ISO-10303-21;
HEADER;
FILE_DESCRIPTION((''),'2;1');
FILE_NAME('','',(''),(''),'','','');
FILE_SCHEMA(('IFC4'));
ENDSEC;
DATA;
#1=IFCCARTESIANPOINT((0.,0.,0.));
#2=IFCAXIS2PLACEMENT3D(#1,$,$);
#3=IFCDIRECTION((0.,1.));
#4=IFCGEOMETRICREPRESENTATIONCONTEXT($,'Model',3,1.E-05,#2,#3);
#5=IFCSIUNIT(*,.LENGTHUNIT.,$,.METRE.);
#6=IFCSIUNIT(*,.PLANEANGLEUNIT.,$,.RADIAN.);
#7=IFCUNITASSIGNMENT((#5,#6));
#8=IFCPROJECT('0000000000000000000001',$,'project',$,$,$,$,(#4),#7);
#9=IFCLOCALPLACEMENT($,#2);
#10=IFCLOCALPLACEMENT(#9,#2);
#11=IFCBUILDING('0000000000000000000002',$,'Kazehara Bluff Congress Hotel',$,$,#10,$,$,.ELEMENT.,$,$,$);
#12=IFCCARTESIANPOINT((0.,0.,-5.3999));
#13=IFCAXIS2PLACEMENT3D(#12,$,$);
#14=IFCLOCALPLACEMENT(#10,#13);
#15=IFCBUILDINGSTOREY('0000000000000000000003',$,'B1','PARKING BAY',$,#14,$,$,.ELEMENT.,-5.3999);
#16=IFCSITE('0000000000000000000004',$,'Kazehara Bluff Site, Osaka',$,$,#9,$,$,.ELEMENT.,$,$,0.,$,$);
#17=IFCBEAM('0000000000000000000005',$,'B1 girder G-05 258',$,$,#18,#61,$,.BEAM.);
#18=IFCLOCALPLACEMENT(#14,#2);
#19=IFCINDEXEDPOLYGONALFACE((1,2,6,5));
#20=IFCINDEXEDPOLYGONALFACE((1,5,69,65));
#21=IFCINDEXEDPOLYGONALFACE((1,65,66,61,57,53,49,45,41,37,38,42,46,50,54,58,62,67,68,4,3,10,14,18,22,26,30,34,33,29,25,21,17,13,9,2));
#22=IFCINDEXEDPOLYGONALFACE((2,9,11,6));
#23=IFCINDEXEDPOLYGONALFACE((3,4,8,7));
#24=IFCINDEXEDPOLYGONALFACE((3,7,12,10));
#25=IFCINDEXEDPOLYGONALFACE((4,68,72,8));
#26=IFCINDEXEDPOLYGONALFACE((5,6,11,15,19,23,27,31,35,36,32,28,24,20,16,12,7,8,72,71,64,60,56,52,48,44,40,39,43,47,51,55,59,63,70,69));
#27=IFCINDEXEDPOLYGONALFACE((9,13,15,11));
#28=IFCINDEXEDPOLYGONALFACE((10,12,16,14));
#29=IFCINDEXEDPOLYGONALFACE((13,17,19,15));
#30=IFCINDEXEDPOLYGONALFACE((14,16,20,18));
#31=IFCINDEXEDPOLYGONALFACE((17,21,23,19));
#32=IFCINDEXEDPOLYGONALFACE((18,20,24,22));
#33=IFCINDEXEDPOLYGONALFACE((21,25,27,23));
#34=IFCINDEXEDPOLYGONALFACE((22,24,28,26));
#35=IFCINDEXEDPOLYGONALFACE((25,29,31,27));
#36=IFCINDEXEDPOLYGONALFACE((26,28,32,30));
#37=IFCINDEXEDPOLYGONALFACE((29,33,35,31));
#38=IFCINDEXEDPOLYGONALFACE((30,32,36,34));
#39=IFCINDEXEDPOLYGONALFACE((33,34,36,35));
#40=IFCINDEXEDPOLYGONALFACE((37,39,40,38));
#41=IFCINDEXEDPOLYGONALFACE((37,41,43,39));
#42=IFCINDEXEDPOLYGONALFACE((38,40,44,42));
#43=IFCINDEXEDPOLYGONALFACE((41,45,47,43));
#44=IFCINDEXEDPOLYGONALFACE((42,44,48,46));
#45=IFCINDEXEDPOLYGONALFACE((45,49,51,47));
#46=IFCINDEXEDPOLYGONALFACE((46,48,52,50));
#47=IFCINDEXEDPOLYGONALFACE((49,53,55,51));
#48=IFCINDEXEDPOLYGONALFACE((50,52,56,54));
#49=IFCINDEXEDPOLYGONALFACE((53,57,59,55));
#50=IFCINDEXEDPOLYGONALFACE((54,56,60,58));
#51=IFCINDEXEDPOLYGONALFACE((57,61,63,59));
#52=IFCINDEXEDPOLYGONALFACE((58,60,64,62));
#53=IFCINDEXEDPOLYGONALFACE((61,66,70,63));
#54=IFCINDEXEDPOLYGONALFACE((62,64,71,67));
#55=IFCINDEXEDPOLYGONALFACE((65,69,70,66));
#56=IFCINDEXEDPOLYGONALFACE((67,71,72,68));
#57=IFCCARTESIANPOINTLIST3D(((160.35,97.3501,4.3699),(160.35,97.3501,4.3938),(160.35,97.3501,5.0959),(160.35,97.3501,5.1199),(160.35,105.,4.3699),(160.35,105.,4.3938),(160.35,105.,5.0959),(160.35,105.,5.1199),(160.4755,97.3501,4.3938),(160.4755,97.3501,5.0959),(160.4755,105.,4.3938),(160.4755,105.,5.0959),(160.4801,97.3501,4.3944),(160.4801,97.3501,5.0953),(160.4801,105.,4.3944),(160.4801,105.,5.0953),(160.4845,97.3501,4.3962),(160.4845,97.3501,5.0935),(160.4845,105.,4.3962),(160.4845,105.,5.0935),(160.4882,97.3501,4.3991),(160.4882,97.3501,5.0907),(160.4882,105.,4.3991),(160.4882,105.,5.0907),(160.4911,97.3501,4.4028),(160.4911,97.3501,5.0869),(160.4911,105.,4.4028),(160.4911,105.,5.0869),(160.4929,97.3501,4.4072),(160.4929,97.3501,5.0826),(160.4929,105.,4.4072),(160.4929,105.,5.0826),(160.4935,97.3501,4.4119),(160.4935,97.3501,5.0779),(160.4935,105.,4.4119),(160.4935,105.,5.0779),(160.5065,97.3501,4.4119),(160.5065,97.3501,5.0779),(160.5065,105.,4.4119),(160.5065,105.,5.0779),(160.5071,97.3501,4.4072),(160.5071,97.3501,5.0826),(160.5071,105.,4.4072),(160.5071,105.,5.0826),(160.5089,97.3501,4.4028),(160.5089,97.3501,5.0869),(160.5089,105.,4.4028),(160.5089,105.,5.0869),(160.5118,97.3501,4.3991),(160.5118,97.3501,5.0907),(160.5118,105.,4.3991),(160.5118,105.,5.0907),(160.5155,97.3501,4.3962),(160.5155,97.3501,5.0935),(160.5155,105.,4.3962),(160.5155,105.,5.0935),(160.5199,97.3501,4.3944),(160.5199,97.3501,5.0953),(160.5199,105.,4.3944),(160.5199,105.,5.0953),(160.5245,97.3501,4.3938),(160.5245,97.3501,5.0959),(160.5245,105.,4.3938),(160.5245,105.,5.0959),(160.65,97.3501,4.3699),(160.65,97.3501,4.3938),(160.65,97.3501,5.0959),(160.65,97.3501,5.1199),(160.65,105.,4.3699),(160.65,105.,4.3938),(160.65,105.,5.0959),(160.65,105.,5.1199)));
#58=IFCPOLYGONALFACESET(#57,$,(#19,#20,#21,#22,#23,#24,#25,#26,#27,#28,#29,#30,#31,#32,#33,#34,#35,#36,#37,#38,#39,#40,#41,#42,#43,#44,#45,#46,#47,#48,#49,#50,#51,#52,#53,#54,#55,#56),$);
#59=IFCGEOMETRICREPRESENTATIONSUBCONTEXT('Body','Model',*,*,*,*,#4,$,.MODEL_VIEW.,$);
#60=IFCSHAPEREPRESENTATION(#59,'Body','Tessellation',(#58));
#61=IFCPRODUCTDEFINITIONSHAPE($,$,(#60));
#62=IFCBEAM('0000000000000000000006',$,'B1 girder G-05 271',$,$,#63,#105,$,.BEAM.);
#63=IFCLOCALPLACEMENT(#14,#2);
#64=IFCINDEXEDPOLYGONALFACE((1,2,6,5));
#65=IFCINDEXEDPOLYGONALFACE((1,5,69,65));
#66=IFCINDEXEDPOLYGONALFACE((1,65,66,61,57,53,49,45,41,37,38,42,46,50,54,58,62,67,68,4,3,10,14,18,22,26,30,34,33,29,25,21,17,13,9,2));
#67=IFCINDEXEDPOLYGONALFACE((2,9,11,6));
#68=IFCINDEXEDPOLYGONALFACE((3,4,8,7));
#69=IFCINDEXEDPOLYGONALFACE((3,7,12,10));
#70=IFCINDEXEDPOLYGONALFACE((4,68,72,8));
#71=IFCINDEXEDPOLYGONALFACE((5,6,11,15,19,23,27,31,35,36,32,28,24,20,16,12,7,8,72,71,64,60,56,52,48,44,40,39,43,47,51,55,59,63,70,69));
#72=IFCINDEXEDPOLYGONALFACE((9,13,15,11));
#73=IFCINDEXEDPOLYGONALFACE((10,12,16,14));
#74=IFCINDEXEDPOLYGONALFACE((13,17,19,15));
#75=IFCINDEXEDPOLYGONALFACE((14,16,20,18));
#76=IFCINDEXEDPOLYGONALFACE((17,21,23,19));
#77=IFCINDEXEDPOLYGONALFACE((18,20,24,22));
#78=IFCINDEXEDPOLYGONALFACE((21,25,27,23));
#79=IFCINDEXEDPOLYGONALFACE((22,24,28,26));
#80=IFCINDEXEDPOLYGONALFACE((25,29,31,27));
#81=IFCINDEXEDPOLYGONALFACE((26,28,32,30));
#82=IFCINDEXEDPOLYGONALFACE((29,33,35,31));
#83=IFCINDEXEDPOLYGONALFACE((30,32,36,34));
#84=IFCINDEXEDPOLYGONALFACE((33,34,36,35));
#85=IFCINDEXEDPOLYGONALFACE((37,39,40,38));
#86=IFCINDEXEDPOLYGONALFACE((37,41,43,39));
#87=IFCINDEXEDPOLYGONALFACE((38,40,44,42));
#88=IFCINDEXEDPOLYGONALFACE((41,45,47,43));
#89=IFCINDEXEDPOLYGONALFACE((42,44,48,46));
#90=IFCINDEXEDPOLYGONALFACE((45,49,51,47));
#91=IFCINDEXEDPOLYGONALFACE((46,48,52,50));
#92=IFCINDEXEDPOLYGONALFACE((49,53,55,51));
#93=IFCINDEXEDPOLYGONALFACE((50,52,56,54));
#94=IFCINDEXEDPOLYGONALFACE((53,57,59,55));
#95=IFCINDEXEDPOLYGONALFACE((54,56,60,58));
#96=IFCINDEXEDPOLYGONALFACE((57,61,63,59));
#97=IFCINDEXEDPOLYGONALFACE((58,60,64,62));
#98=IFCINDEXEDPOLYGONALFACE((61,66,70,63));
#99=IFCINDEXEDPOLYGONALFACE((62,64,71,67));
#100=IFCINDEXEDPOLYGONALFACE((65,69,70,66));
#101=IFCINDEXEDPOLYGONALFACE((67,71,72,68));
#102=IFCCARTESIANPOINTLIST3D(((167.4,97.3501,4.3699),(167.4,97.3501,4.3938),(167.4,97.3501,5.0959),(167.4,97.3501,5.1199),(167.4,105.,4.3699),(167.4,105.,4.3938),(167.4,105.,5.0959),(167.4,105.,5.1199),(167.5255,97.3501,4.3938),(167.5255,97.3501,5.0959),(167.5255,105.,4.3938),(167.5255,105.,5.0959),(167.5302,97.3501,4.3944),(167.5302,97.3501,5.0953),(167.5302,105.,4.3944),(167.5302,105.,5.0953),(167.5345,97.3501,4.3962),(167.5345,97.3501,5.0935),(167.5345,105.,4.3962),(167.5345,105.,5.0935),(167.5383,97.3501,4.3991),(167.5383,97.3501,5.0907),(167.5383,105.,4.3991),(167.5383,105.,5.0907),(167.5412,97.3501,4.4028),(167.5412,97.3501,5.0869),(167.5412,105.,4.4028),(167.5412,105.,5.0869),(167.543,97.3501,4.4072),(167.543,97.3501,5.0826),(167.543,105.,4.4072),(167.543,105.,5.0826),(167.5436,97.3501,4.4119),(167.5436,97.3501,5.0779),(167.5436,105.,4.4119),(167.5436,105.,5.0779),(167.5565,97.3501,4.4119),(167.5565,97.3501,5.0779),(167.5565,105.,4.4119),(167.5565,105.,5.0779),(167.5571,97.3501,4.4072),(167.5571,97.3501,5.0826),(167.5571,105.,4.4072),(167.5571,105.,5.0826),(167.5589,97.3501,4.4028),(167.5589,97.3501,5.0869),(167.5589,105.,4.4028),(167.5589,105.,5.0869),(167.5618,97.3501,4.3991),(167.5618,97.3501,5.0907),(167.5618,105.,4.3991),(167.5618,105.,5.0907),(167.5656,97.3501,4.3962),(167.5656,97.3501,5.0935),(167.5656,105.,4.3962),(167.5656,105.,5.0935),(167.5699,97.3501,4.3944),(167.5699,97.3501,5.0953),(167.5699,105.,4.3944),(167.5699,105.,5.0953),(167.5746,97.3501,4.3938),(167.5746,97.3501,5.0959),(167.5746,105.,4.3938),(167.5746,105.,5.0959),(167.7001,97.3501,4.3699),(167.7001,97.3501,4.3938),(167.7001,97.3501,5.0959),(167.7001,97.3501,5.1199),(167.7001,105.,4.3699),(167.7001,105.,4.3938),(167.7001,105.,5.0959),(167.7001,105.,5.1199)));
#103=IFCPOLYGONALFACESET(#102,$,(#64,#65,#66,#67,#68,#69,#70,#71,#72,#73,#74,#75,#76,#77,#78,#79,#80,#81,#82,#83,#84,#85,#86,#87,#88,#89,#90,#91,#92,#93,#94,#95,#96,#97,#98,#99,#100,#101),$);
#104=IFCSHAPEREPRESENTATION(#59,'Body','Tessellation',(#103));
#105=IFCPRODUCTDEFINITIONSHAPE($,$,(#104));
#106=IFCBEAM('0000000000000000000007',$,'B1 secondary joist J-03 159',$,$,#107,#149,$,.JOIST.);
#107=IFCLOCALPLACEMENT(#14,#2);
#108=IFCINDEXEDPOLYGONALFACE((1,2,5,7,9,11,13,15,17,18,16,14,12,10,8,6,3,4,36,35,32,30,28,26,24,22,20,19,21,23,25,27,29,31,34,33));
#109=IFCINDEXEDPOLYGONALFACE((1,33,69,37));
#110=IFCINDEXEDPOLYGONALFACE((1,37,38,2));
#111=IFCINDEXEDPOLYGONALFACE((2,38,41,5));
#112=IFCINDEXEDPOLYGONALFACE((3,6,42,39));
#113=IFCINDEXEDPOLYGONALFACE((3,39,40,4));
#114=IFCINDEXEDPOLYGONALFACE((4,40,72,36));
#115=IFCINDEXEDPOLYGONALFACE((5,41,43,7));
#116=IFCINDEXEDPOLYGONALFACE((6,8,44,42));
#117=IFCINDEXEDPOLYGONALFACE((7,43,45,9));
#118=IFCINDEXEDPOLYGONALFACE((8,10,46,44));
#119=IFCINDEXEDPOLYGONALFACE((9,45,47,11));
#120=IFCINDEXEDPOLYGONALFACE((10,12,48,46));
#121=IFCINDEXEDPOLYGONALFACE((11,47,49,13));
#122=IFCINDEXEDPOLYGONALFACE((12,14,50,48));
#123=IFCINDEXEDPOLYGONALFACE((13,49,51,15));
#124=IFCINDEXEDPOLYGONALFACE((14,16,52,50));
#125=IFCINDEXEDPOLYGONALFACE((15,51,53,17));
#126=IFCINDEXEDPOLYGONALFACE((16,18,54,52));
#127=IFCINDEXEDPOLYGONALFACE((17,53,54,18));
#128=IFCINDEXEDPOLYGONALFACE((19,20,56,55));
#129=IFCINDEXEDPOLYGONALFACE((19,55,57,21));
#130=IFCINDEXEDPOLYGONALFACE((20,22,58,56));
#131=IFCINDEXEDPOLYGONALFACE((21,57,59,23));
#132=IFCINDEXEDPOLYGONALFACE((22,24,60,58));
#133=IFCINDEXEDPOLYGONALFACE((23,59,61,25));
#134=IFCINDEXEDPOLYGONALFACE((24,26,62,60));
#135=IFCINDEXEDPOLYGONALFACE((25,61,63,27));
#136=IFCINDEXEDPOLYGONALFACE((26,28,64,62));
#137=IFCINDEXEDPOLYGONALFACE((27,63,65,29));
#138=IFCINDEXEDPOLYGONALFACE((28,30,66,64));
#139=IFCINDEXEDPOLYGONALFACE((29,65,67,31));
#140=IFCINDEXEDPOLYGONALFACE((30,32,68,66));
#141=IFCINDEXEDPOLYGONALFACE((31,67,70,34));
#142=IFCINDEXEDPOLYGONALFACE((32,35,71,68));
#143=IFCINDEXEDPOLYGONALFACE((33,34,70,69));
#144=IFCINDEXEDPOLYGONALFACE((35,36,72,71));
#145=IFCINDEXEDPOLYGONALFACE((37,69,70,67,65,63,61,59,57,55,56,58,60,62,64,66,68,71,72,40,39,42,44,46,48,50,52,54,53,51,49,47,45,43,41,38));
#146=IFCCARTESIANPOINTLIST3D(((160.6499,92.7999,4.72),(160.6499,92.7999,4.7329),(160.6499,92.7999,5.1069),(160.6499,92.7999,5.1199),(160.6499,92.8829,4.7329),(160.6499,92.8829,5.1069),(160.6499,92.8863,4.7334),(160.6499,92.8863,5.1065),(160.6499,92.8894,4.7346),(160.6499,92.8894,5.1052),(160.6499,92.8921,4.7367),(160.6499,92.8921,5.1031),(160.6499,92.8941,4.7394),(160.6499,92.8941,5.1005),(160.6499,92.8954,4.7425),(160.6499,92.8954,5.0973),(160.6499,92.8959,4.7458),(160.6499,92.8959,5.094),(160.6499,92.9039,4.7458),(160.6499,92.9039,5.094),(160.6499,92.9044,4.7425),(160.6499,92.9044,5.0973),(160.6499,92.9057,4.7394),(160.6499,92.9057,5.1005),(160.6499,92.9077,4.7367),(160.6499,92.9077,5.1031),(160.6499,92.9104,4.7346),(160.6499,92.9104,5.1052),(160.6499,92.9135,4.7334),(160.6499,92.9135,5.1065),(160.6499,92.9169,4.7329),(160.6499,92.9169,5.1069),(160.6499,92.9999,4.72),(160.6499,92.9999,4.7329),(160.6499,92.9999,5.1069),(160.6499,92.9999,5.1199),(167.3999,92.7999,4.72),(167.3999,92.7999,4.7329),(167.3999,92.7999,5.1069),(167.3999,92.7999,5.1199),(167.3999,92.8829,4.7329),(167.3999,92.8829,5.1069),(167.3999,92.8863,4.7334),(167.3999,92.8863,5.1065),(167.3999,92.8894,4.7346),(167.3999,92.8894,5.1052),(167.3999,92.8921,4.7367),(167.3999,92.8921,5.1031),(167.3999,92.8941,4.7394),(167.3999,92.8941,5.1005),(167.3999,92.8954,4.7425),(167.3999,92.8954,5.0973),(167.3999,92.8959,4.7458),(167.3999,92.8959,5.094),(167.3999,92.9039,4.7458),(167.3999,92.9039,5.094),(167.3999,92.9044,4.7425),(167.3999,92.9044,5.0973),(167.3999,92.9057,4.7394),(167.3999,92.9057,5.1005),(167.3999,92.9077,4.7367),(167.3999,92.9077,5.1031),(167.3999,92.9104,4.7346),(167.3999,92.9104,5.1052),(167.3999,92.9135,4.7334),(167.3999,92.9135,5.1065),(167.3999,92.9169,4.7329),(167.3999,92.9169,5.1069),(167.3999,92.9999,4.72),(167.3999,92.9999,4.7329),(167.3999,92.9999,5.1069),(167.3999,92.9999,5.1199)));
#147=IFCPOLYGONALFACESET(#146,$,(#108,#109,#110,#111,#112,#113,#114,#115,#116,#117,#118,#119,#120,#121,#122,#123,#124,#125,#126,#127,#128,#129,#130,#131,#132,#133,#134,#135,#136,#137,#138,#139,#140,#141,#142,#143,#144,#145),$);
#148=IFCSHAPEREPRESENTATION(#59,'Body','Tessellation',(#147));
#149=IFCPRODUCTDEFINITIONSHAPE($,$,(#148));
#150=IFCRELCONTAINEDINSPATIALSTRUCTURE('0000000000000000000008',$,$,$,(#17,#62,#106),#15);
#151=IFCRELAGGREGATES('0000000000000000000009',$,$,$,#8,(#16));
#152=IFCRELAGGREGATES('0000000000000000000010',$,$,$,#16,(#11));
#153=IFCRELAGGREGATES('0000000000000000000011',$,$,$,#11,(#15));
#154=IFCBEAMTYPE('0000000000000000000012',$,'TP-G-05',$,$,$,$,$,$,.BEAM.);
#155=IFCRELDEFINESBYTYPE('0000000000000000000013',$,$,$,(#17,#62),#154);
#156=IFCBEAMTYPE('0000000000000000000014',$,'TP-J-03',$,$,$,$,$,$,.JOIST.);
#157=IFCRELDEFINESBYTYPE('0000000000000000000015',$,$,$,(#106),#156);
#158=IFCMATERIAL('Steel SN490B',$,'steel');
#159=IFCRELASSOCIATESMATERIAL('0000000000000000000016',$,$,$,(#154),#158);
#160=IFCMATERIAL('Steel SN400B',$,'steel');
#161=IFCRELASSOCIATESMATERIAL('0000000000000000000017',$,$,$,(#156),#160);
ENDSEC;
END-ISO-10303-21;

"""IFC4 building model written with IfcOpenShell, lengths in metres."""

from ifc_helpers import new_model, si_unit, direction, frame, origin, origin_2d, place, context, subcontext, project, spatial, i_section, extrude, material, material_profile, profile_set, type_object, element, save


model = new_model("IFC4")

# Units and contexts
model_context = context("Model", 3, precision=1e-05, world=origin(), true_north=direction((0.0, 1.0)))
body_context = subcontext(model_context, "Body", "Model", "MODEL_VIEW")
ifc_project = project(units=[si_unit("LENGTHUNIT", "METRE"), si_unit("PLANEANGLEUNIT", "RADIAN")], contexts=[model_context])

# Site, building, storey
site_placement = place(None, origin())
site = spatial("IfcSite", under=ifc_project, at=site_placement, Name="Kazehara Bluff Site, Osaka", CompositionType="ELEMENT", RefElevation=0.0)
building_placement = place(site_placement, origin())
building = spatial("IfcBuilding", under=site, at=building_placement, Name="Kazehara Bluff Congress Hotel", CompositionType="ELEMENT")
storey_placement = place(building_placement, frame((0.0, 0.0, -5.3999)))
storey = spatial("IfcBuildingStorey", under=building, at=storey_placement, Name="B1", Description="PARKING BAY", CompositionType="ELEMENT", Elevation=-5.3999)

# Beams
ifc_material_1 = material(Name="Steel SN490B", Category="steel")
ifc_material_profile_1 = material_profile(ifc_material_1, i_section(OverallWidth=0.3, OverallDepth=0.75, WebThickness=0.0129, FlangeThickness=0.0239, FilletRadius=0.0181, at=origin_2d()))
ifc_profile_set_1 = profile_set([ifc_material_profile_1], Name="Steel SN490B")
beam_type_1 = type_object("IfcBeamType", Name="TP-G-05", PredefinedType="BEAM", material=ifc_profile_set_1)
for number, where, z_axis, x_axis, name in (
    (1, (160.5, 97.3501, 4.7449), (0.0, 1.0, 0.0), (-1.0, 0.0, 0.0), "B1 girder G-05 258"),
    (2, (167.55, 97.3501, 4.7449), (0.0, 1.0, 0.0), (-1.0, 0.0, 0.0), "B1 girder G-05 271"),
):
    element("IfcBeam", number, at=place(storey_placement, frame(where, z_axis=z_axis, x_axis=x_axis)), inside=storey, type_object=beam_type_1, Name=name, PredefinedType="BEAM", context=body_context, shape_type="SweptSolid", body=[
        extrude(i_section(OverallWidth=0.3, OverallDepth=0.75, WebThickness=0.0129, FlangeThickness=0.0239, FilletRadius=0.0181, at=origin_2d()), origin(), (0.0, 0.0, 1.0), 7.6499),
    ])
ifc_material_2 = material(Name="Steel SN400B", Category="steel")
ifc_material_profile_2 = material_profile(ifc_material_2, i_section(OverallWidth=0.2, OverallDepth=0.3999, WebThickness=0.0081, FlangeThickness=0.0129, FilletRadius=0.0129, at=origin_2d()))
ifc_profile_set_2 = profile_set([ifc_material_profile_2], Name="Steel SN400B")
beam_type_2 = type_object("IfcBeamType", Name="TP-J-03", PredefinedType="JOIST", material=ifc_profile_set_2)
beam_1_placement = place(storey_placement, frame((160.6499, 92.8999, 4.9199), z_axis=(1.0, 0.0, 0.0), x_axis=(0.0, 1.0, 0.0)))
element("IfcBeam", 3, at=beam_1_placement, inside=storey, type_object=beam_type_2, Name="B1 secondary joist J-03 159", PredefinedType="JOIST", context=body_context, shape_type="SweptSolid", body=[
    extrude(i_section(OverallWidth=0.2, OverallDepth=0.3999, WebThickness=0.0081, FlangeThickness=0.0129, FilletRadius=0.0129, at=origin_2d()), origin(), (0.0, 0.0, 1.0), 6.75),
])

save(model, "model.ifc")
